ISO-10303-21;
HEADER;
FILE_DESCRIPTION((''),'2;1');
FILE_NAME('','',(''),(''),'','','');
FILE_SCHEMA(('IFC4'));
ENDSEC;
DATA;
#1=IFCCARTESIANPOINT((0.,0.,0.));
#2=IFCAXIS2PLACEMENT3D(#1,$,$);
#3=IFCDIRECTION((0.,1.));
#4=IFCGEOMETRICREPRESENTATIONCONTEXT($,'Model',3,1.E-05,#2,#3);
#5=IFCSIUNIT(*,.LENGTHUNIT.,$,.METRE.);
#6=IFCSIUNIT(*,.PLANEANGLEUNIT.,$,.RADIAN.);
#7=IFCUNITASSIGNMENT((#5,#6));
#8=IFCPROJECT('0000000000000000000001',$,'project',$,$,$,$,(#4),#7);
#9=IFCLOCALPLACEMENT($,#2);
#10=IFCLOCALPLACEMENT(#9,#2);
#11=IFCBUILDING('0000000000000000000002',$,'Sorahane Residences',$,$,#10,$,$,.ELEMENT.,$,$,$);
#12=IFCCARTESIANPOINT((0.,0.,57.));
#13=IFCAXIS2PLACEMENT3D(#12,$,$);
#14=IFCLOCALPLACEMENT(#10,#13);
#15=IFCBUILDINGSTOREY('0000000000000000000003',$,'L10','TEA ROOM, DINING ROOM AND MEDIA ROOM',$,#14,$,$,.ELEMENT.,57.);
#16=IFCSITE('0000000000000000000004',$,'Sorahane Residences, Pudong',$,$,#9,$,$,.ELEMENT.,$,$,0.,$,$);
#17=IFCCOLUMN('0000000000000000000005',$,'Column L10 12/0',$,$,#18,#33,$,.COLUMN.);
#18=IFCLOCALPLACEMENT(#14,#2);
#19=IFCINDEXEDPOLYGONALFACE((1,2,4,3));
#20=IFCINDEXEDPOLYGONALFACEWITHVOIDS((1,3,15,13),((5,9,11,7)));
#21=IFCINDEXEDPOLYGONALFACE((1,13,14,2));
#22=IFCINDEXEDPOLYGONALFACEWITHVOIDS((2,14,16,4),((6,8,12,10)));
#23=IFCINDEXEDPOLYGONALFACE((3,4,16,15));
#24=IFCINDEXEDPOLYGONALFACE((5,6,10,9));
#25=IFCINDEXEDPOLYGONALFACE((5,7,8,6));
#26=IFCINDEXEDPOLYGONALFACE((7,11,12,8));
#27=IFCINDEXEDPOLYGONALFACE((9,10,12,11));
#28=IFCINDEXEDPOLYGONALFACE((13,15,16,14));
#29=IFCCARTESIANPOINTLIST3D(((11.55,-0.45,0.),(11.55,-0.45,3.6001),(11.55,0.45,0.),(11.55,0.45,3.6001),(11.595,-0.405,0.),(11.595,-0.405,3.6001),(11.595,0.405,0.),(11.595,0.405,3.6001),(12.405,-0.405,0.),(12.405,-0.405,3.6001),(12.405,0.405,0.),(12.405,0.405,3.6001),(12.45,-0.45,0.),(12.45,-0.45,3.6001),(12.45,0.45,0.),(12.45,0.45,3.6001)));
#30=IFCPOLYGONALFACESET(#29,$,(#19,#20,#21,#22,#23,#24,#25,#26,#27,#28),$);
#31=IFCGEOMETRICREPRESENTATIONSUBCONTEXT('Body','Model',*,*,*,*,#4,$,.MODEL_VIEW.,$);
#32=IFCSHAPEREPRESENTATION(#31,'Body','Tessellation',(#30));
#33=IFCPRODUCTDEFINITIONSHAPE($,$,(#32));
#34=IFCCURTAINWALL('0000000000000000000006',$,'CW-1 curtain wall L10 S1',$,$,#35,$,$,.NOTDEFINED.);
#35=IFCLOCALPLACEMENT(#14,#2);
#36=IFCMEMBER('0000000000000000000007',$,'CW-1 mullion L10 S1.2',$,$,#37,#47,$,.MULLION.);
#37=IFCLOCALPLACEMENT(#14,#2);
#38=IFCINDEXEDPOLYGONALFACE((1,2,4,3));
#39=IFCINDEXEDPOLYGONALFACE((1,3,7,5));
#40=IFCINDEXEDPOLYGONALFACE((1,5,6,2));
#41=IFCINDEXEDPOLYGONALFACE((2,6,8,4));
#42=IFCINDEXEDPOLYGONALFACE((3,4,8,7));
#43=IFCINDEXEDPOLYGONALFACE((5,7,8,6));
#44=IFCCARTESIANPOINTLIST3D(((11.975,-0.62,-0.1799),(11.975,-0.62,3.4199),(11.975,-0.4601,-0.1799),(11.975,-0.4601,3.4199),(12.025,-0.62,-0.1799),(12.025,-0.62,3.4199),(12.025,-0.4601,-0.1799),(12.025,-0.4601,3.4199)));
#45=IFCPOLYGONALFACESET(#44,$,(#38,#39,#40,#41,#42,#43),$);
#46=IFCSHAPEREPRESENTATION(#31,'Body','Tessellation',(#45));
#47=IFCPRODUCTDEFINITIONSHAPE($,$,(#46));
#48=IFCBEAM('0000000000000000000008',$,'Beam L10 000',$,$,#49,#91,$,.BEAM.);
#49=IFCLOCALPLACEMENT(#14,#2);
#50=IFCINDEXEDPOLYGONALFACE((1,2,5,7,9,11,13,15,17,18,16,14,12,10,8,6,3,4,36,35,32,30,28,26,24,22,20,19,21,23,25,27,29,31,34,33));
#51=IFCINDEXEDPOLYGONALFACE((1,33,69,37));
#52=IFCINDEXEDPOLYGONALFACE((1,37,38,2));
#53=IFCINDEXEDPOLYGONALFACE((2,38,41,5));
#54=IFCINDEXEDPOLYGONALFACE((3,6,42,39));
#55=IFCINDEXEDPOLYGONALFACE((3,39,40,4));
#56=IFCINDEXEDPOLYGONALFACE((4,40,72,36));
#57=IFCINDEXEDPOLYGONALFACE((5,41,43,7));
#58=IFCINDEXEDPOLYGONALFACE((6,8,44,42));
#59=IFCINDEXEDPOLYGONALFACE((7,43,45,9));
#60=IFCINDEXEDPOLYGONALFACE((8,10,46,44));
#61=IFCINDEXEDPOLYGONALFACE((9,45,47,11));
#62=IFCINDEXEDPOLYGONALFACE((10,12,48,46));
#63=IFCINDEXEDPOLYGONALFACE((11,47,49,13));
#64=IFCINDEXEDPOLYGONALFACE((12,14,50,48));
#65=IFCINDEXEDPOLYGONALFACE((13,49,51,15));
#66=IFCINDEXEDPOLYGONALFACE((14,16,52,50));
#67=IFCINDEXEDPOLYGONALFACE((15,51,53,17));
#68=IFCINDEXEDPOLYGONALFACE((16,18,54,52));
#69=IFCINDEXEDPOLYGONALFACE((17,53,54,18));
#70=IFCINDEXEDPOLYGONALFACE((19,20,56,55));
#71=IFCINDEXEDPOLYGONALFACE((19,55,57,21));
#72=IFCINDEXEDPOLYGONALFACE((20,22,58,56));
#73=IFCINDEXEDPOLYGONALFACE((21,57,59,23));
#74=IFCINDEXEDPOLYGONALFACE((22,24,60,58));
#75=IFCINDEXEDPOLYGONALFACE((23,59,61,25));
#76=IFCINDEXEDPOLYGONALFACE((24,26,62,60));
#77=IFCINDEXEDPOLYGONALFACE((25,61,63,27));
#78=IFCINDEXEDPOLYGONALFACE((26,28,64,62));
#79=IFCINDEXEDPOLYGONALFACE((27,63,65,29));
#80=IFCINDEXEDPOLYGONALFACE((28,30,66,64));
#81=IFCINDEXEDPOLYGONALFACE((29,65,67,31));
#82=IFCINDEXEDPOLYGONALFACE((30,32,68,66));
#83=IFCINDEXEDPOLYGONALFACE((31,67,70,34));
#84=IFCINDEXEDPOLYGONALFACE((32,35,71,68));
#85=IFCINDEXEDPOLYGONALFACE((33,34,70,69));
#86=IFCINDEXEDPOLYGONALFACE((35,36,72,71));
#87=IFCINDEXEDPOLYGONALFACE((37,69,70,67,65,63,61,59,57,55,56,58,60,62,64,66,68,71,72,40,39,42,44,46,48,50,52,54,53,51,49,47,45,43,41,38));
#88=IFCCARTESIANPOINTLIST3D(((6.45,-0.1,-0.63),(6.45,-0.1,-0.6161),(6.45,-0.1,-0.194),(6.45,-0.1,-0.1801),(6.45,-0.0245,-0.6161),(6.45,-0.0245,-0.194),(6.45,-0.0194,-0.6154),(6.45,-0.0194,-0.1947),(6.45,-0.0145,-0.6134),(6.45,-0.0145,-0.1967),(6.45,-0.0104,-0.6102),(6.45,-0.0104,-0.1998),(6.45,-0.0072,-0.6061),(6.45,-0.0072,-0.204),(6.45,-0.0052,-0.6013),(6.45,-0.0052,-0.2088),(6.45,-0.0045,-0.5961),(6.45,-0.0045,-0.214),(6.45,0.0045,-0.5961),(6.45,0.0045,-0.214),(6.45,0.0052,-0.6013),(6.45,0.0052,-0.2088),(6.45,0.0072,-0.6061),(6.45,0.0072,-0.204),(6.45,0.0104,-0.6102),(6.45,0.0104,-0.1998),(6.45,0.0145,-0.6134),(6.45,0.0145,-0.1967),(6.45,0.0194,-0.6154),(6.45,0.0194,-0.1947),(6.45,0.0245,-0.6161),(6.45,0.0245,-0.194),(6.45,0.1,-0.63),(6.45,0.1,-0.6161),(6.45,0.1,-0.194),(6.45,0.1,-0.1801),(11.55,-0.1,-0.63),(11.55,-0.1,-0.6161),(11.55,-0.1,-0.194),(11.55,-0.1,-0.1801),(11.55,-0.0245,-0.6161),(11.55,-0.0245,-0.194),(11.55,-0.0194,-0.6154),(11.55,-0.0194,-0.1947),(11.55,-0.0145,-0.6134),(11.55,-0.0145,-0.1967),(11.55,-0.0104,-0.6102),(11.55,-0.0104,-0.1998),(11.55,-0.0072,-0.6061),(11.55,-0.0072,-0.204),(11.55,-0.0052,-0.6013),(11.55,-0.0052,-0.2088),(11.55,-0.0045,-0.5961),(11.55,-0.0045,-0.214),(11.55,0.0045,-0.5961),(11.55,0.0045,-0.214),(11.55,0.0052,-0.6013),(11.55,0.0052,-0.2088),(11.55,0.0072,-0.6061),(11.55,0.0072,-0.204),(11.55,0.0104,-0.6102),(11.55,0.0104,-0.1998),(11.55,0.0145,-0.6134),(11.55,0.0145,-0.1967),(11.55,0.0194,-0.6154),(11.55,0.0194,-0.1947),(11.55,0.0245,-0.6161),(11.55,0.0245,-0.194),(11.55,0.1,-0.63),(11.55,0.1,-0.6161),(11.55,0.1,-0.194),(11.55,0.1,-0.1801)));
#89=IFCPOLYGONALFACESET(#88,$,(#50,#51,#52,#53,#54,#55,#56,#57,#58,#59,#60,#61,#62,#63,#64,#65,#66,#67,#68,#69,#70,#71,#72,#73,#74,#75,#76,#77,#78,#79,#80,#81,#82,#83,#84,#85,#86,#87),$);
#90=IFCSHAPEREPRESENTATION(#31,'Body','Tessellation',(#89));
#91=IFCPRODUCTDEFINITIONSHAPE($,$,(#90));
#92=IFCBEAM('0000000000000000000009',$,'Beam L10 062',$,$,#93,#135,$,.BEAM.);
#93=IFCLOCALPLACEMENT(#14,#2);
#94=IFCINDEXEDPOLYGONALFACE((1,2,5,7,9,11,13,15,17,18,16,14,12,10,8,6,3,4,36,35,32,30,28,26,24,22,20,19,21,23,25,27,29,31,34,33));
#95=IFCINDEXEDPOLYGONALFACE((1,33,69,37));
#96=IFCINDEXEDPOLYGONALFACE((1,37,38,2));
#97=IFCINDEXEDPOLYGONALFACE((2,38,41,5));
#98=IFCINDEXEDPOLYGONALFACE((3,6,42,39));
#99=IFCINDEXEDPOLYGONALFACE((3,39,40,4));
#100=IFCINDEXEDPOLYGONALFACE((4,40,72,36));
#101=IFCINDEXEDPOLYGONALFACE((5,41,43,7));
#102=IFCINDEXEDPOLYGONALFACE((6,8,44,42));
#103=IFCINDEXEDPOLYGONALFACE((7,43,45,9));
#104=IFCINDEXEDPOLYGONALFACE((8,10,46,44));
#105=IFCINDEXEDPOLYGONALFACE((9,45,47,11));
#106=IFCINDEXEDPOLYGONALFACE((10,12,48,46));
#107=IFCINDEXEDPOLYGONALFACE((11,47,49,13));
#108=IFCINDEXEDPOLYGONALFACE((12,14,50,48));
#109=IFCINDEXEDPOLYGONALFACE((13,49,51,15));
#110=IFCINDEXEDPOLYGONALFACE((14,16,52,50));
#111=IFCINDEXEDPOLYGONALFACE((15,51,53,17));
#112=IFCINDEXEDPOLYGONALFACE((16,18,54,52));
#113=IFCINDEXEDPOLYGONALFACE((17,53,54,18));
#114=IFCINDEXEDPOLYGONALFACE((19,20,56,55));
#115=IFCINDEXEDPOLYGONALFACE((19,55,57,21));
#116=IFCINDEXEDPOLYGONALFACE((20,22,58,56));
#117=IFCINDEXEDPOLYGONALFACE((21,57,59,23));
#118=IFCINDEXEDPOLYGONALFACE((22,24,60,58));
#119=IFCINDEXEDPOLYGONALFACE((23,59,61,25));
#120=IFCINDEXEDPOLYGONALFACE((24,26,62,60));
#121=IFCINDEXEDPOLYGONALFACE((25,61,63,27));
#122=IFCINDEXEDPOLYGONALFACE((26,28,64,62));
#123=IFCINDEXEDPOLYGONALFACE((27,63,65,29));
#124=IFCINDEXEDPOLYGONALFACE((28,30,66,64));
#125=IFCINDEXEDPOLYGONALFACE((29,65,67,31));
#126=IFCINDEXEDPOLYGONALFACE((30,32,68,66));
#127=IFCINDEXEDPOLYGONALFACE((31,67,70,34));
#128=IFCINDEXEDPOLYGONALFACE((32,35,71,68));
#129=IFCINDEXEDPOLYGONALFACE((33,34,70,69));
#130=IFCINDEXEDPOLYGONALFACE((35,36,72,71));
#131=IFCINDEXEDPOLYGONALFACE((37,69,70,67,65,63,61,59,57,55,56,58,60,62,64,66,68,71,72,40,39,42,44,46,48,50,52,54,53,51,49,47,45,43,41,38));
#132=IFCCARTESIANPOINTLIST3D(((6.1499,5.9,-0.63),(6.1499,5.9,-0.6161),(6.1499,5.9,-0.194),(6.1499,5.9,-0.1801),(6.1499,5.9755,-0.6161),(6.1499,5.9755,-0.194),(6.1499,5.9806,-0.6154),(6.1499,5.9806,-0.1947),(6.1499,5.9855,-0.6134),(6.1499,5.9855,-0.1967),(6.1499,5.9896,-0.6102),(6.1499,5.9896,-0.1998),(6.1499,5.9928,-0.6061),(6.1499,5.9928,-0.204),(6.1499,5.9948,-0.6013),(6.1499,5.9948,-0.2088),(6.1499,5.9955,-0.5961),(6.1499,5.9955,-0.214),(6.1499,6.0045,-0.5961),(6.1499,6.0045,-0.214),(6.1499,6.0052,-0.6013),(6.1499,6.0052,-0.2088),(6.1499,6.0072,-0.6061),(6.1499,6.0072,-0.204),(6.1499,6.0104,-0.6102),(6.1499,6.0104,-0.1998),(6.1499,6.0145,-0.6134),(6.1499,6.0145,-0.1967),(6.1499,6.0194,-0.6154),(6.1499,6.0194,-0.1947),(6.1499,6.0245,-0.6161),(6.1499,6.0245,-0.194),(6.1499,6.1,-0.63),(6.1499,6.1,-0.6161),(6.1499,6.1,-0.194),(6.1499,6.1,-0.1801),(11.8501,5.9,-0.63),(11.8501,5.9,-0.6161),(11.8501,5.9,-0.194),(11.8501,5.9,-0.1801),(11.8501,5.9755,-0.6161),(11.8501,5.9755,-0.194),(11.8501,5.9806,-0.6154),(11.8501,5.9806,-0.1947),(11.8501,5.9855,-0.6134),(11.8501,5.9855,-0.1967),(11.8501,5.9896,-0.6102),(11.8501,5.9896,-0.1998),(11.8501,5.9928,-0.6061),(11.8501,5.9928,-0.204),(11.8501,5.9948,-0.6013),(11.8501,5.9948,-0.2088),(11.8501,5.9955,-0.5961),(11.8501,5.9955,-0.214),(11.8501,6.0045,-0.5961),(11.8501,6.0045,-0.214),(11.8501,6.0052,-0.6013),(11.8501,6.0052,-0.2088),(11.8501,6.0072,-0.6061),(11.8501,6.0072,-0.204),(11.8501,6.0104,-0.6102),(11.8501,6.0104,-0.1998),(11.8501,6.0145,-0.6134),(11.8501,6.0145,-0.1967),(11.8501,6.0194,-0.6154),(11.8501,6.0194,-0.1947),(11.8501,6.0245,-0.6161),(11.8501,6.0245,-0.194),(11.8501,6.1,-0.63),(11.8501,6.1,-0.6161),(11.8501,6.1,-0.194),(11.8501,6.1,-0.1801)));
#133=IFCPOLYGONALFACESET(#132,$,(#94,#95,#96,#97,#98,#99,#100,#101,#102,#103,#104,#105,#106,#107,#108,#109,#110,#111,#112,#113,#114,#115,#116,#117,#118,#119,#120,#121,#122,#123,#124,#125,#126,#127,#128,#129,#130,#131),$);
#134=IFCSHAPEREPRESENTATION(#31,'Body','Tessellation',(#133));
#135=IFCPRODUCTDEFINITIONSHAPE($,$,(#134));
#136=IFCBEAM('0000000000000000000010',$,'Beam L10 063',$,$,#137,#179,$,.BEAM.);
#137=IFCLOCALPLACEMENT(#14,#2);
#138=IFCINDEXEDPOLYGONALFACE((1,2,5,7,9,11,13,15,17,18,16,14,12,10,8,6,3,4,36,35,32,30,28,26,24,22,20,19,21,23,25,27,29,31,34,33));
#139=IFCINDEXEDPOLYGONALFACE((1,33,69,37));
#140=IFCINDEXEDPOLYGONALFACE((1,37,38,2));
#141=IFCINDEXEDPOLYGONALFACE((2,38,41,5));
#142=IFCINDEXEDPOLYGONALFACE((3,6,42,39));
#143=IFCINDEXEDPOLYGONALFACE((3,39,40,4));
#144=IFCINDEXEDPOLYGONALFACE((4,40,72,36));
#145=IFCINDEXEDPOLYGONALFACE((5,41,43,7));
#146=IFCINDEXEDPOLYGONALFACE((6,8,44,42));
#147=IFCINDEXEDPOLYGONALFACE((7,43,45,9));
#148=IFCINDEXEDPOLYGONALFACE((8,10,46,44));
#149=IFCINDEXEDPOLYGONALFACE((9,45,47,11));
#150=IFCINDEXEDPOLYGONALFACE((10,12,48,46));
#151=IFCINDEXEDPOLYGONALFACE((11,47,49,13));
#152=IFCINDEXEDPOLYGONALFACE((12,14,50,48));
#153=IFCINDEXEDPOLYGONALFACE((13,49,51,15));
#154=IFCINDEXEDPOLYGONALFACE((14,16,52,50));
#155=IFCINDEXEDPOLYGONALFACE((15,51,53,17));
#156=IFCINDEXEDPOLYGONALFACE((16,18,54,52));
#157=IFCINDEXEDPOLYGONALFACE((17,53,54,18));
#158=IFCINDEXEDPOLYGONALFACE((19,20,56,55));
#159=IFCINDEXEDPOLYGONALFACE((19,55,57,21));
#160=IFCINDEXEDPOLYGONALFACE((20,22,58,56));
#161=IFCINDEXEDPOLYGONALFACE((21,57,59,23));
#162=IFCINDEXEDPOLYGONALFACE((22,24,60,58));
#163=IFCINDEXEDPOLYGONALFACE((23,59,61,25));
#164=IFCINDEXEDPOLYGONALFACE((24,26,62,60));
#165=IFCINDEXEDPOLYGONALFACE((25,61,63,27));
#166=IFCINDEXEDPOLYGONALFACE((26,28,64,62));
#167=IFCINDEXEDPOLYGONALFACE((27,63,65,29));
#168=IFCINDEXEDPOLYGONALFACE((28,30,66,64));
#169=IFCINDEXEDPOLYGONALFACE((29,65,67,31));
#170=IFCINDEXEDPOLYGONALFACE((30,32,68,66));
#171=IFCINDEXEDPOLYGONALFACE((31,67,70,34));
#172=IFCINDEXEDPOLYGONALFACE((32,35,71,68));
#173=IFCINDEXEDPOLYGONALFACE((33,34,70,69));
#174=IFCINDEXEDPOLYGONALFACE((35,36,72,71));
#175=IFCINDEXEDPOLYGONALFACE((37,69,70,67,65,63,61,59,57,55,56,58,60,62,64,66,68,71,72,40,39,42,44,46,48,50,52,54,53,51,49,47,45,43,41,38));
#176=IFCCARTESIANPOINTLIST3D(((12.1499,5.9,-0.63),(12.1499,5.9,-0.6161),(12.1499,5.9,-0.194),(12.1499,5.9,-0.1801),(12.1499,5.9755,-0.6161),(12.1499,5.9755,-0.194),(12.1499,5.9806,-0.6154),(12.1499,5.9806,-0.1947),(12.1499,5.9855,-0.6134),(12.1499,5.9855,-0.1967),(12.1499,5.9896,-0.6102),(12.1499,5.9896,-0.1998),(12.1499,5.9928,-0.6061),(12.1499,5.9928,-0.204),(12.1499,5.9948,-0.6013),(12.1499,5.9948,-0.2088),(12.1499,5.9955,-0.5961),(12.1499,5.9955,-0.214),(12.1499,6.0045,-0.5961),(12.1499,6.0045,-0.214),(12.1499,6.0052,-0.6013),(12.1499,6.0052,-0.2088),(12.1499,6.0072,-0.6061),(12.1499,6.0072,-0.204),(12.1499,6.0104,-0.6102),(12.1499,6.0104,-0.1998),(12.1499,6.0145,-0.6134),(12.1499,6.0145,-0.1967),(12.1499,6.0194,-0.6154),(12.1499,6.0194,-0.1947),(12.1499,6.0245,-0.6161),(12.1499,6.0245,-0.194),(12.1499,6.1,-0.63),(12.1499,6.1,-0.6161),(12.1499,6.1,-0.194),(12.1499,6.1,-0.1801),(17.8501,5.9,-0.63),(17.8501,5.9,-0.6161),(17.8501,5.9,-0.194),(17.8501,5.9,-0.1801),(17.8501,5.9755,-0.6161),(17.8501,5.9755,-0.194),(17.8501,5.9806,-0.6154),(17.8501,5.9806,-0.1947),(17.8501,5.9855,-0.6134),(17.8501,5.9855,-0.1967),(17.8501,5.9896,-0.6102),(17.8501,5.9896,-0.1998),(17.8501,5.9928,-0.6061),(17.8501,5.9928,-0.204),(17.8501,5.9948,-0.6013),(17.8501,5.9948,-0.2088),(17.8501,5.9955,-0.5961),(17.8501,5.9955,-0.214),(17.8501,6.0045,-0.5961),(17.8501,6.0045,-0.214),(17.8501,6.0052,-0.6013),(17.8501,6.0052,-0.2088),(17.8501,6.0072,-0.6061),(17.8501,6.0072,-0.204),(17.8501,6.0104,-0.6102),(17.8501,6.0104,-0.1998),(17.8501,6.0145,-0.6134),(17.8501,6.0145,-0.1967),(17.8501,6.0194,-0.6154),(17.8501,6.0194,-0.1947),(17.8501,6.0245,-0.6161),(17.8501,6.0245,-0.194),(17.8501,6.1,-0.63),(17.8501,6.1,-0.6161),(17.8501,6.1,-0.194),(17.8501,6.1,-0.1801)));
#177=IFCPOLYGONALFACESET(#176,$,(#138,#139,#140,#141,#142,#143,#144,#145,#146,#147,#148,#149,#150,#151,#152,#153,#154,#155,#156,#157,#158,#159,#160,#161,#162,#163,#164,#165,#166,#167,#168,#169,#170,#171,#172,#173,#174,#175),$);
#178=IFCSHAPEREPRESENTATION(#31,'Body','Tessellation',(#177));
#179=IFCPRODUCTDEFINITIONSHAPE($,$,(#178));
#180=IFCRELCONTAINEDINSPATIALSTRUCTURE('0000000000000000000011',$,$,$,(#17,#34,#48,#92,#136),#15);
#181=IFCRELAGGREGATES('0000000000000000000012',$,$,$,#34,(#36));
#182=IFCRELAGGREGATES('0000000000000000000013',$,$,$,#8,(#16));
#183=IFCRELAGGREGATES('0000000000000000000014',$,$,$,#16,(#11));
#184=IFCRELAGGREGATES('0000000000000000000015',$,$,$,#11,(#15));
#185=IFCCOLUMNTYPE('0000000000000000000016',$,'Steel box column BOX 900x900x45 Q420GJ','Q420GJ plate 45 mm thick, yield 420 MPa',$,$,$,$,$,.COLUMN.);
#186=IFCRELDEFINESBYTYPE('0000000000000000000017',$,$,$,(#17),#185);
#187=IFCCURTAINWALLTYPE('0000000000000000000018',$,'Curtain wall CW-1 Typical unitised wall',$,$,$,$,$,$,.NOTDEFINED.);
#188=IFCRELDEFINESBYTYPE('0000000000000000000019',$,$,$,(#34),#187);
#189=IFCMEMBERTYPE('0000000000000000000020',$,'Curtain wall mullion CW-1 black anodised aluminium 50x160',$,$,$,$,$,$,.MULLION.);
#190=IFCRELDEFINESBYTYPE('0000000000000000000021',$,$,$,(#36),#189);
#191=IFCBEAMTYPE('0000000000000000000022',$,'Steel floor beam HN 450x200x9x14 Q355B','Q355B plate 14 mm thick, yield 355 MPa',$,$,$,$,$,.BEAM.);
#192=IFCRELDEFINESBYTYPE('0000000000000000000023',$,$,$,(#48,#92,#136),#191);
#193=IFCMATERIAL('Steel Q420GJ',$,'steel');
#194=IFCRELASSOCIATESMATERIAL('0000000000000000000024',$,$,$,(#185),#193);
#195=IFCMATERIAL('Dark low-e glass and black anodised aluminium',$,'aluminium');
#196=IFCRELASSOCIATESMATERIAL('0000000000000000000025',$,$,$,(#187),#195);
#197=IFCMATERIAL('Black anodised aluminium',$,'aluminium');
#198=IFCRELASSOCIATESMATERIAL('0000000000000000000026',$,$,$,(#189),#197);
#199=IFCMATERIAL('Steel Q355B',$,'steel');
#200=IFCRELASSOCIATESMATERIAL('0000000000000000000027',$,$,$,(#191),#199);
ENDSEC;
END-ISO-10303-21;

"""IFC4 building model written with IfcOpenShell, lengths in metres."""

from ifc_helpers import new_model, si_unit, direction, frame, origin, origin_2d, place, context, subcontext, project, spatial, rectangle, hollow_rectangle, i_section, extrude, material, material_profile, profile_set, type_object, element, aggregate, save


model = new_model("IFC4")

# Units and contexts
model_context = context("Model", 3, precision=1e-05, world=origin(), true_north=direction((0.0, 1.0)))
body_context = subcontext(model_context, "Body", "Model", "MODEL_VIEW")
ifc_project = project(units=[si_unit("LENGTHUNIT", "METRE"), si_unit("PLANEANGLEUNIT", "RADIAN")], contexts=[model_context])

# Site, building, storey
site_placement = place(None, origin())
site = spatial("IfcSite", under=ifc_project, at=site_placement, Name="Sorahane Residences, Pudong", CompositionType="ELEMENT", RefElevation=0.0)
building_placement = place(site_placement, origin())
building = spatial("IfcBuilding", under=site, at=building_placement, Name="Sorahane Residences", CompositionType="ELEMENT")
storey_placement = place(building_placement, frame((0.0, 0.0, 57.0)))
storey = spatial("IfcBuildingStorey", under=building, at=storey_placement, Name="L10", Description="TEA ROOM, DINING ROOM AND MEDIA ROOM", CompositionType="ELEMENT", Elevation=57.0)

# Column
ifc_material_1 = material(Name="Steel Q420GJ", Category="steel")
ifc_material_profile_1 = material_profile(ifc_material_1, hollow_rectangle(XDim=0.8999, YDim=0.8999, WallThickness=0.0449, at=origin_2d()), Name="BOX 900x900x45")
ifc_profile_set_1 = profile_set([ifc_material_profile_1], Name="Steel Q420GJ")
column_type = type_object("IfcColumnType", Name="Steel box column BOX 900x900x45 Q420GJ", Description="Q420GJ plate 45 mm thick, yield 420 MPa", PredefinedType="COLUMN", material=ifc_profile_set_1)
column_placement = place(storey_placement, frame((12.0, 0.0, 0.0), z_axis=(0.0, 0.0, 1.0), x_axis=(1.0, 0.0, 0.0)))
element("IfcColumn", 1, at=column_placement, inside=storey, type_object=column_type, Name="Column L10 12/0", PredefinedType="COLUMN", context=body_context, shape_type="SweptSolid", body=[
    extrude(hollow_rectangle(XDim=0.8999, YDim=0.8999, WallThickness=0.0449, at=origin_2d()), origin(), (0.0, 0.0, 1.0), 3.6001),
])

# Curtain wall, member
ifc_material_2 = material(Name="Dark low-e glass and black anodised aluminium", Category="aluminium")
curtain_wall_type = type_object("IfcCurtainWallType", Name="Curtain wall CW-1 Typical unitised wall", PredefinedType="NOTDEFINED", material=ifc_material_2)
curtain_wall_placement = place(storey_placement, origin())
curtain_wall = element("IfcCurtainWall", 2, at=curtain_wall_placement, inside=storey, type_object=curtain_wall_type, Name="CW-1 curtain wall L10 S1", PredefinedType="NOTDEFINED")
ifc_material_3 = material(Name="Black anodised aluminium", Category="aluminium")
ifc_material_profile_2 = material_profile(ifc_material_3, rectangle(XDim=0.1599, YDim=0.05, at=origin_2d()), Name="Curtain wall mullion CW-1 black anodised aluminium 50x160")
ifc_profile_set_2 = profile_set([ifc_material_profile_2], Name="Black anodised aluminium")
member_type = type_object("IfcMemberType", Name="Curtain wall mullion CW-1 black anodised aluminium 50x160", PredefinedType="MULLION", material=ifc_profile_set_2)
member_placement = place(storey_placement, frame((12.0, -0.54, -0.1799), z_axis=(0.0, 0.0, 1.0), x_axis=(0.0, -1.0, 0.0)))
member = element("IfcMember", 3, at=member_placement, type_object=member_type, Name="CW-1 mullion L10 S1.2", PredefinedType="MULLION", context=body_context, shape_type="SweptSolid", body=[
    extrude(rectangle(XDim=0.1599, YDim=0.05, at=origin_2d()), origin(), (0.0, 0.0, 1.0), 3.5999),
])

# Beams
ifc_material_4 = material(Name="Steel Q355B", Category="steel")
ifc_material_profile_3 = material_profile(ifc_material_4, i_section(OverallWidth=0.2, OverallDepth=0.45, WebThickness=0.009, FlangeThickness=0.0139, FilletRadius=0.02, at=origin_2d()), Name="HN 450x200x9x14")
ifc_profile_set_3 = profile_set([ifc_material_profile_3], Name="Steel Q355B")
beam_type_1 = type_object("IfcBeamType", Name="Steel floor beam HN 450x200x9x14 Q355B", Description="Q355B plate 14 mm thick, yield 355 MPa", PredefinedType="BEAM", material=ifc_profile_set_3)
beam_1_placement = place(storey_placement, frame((6.45, 0.0, -0.405), z_axis=(1.0, 0.0, 0.0), x_axis=(0.0, 1.0, 0.0)))
element("IfcBeam", 4, at=beam_1_placement, inside=storey, type_object=beam_type_1, Name="Beam L10 000", PredefinedType="BEAM", context=body_context, shape_type="SweptSolid", body=[
    extrude(i_section(OverallWidth=0.2, OverallDepth=0.45, WebThickness=0.009, FlangeThickness=0.0139, FilletRadius=0.02, at=origin_2d()), origin(), (0.0, 0.0, 1.0), 5.1001),
])
for number, where, z_axis, x_axis, name in (
    (5, (6.1499, 6.0, -0.405), (1.0, 0.0, 0.0), (0.0, 1.0, 0.0), "Beam L10 062"),
    (6, (12.1499, 6.0, -0.405), (1.0, 0.0, 0.0), (0.0, 1.0, 0.0), "Beam L10 063"),
):
    element("IfcBeam", number, at=place(storey_placement, frame(where, z_axis=z_axis, x_axis=x_axis)), inside=storey, type_object=beam_type_1, Name=name, PredefinedType="BEAM", context=body_context, shape_type="SweptSolid", body=[
        extrude(i_section(OverallWidth=0.2, OverallDepth=0.45, WebThickness=0.009, FlangeThickness=0.0139, FilletRadius=0.02, at=origin_2d()), origin(), (0.0, 0.0, 1.0), 5.7002),
    ])

aggregate(curtain_wall, [member])

save(model, "model.ifc")
